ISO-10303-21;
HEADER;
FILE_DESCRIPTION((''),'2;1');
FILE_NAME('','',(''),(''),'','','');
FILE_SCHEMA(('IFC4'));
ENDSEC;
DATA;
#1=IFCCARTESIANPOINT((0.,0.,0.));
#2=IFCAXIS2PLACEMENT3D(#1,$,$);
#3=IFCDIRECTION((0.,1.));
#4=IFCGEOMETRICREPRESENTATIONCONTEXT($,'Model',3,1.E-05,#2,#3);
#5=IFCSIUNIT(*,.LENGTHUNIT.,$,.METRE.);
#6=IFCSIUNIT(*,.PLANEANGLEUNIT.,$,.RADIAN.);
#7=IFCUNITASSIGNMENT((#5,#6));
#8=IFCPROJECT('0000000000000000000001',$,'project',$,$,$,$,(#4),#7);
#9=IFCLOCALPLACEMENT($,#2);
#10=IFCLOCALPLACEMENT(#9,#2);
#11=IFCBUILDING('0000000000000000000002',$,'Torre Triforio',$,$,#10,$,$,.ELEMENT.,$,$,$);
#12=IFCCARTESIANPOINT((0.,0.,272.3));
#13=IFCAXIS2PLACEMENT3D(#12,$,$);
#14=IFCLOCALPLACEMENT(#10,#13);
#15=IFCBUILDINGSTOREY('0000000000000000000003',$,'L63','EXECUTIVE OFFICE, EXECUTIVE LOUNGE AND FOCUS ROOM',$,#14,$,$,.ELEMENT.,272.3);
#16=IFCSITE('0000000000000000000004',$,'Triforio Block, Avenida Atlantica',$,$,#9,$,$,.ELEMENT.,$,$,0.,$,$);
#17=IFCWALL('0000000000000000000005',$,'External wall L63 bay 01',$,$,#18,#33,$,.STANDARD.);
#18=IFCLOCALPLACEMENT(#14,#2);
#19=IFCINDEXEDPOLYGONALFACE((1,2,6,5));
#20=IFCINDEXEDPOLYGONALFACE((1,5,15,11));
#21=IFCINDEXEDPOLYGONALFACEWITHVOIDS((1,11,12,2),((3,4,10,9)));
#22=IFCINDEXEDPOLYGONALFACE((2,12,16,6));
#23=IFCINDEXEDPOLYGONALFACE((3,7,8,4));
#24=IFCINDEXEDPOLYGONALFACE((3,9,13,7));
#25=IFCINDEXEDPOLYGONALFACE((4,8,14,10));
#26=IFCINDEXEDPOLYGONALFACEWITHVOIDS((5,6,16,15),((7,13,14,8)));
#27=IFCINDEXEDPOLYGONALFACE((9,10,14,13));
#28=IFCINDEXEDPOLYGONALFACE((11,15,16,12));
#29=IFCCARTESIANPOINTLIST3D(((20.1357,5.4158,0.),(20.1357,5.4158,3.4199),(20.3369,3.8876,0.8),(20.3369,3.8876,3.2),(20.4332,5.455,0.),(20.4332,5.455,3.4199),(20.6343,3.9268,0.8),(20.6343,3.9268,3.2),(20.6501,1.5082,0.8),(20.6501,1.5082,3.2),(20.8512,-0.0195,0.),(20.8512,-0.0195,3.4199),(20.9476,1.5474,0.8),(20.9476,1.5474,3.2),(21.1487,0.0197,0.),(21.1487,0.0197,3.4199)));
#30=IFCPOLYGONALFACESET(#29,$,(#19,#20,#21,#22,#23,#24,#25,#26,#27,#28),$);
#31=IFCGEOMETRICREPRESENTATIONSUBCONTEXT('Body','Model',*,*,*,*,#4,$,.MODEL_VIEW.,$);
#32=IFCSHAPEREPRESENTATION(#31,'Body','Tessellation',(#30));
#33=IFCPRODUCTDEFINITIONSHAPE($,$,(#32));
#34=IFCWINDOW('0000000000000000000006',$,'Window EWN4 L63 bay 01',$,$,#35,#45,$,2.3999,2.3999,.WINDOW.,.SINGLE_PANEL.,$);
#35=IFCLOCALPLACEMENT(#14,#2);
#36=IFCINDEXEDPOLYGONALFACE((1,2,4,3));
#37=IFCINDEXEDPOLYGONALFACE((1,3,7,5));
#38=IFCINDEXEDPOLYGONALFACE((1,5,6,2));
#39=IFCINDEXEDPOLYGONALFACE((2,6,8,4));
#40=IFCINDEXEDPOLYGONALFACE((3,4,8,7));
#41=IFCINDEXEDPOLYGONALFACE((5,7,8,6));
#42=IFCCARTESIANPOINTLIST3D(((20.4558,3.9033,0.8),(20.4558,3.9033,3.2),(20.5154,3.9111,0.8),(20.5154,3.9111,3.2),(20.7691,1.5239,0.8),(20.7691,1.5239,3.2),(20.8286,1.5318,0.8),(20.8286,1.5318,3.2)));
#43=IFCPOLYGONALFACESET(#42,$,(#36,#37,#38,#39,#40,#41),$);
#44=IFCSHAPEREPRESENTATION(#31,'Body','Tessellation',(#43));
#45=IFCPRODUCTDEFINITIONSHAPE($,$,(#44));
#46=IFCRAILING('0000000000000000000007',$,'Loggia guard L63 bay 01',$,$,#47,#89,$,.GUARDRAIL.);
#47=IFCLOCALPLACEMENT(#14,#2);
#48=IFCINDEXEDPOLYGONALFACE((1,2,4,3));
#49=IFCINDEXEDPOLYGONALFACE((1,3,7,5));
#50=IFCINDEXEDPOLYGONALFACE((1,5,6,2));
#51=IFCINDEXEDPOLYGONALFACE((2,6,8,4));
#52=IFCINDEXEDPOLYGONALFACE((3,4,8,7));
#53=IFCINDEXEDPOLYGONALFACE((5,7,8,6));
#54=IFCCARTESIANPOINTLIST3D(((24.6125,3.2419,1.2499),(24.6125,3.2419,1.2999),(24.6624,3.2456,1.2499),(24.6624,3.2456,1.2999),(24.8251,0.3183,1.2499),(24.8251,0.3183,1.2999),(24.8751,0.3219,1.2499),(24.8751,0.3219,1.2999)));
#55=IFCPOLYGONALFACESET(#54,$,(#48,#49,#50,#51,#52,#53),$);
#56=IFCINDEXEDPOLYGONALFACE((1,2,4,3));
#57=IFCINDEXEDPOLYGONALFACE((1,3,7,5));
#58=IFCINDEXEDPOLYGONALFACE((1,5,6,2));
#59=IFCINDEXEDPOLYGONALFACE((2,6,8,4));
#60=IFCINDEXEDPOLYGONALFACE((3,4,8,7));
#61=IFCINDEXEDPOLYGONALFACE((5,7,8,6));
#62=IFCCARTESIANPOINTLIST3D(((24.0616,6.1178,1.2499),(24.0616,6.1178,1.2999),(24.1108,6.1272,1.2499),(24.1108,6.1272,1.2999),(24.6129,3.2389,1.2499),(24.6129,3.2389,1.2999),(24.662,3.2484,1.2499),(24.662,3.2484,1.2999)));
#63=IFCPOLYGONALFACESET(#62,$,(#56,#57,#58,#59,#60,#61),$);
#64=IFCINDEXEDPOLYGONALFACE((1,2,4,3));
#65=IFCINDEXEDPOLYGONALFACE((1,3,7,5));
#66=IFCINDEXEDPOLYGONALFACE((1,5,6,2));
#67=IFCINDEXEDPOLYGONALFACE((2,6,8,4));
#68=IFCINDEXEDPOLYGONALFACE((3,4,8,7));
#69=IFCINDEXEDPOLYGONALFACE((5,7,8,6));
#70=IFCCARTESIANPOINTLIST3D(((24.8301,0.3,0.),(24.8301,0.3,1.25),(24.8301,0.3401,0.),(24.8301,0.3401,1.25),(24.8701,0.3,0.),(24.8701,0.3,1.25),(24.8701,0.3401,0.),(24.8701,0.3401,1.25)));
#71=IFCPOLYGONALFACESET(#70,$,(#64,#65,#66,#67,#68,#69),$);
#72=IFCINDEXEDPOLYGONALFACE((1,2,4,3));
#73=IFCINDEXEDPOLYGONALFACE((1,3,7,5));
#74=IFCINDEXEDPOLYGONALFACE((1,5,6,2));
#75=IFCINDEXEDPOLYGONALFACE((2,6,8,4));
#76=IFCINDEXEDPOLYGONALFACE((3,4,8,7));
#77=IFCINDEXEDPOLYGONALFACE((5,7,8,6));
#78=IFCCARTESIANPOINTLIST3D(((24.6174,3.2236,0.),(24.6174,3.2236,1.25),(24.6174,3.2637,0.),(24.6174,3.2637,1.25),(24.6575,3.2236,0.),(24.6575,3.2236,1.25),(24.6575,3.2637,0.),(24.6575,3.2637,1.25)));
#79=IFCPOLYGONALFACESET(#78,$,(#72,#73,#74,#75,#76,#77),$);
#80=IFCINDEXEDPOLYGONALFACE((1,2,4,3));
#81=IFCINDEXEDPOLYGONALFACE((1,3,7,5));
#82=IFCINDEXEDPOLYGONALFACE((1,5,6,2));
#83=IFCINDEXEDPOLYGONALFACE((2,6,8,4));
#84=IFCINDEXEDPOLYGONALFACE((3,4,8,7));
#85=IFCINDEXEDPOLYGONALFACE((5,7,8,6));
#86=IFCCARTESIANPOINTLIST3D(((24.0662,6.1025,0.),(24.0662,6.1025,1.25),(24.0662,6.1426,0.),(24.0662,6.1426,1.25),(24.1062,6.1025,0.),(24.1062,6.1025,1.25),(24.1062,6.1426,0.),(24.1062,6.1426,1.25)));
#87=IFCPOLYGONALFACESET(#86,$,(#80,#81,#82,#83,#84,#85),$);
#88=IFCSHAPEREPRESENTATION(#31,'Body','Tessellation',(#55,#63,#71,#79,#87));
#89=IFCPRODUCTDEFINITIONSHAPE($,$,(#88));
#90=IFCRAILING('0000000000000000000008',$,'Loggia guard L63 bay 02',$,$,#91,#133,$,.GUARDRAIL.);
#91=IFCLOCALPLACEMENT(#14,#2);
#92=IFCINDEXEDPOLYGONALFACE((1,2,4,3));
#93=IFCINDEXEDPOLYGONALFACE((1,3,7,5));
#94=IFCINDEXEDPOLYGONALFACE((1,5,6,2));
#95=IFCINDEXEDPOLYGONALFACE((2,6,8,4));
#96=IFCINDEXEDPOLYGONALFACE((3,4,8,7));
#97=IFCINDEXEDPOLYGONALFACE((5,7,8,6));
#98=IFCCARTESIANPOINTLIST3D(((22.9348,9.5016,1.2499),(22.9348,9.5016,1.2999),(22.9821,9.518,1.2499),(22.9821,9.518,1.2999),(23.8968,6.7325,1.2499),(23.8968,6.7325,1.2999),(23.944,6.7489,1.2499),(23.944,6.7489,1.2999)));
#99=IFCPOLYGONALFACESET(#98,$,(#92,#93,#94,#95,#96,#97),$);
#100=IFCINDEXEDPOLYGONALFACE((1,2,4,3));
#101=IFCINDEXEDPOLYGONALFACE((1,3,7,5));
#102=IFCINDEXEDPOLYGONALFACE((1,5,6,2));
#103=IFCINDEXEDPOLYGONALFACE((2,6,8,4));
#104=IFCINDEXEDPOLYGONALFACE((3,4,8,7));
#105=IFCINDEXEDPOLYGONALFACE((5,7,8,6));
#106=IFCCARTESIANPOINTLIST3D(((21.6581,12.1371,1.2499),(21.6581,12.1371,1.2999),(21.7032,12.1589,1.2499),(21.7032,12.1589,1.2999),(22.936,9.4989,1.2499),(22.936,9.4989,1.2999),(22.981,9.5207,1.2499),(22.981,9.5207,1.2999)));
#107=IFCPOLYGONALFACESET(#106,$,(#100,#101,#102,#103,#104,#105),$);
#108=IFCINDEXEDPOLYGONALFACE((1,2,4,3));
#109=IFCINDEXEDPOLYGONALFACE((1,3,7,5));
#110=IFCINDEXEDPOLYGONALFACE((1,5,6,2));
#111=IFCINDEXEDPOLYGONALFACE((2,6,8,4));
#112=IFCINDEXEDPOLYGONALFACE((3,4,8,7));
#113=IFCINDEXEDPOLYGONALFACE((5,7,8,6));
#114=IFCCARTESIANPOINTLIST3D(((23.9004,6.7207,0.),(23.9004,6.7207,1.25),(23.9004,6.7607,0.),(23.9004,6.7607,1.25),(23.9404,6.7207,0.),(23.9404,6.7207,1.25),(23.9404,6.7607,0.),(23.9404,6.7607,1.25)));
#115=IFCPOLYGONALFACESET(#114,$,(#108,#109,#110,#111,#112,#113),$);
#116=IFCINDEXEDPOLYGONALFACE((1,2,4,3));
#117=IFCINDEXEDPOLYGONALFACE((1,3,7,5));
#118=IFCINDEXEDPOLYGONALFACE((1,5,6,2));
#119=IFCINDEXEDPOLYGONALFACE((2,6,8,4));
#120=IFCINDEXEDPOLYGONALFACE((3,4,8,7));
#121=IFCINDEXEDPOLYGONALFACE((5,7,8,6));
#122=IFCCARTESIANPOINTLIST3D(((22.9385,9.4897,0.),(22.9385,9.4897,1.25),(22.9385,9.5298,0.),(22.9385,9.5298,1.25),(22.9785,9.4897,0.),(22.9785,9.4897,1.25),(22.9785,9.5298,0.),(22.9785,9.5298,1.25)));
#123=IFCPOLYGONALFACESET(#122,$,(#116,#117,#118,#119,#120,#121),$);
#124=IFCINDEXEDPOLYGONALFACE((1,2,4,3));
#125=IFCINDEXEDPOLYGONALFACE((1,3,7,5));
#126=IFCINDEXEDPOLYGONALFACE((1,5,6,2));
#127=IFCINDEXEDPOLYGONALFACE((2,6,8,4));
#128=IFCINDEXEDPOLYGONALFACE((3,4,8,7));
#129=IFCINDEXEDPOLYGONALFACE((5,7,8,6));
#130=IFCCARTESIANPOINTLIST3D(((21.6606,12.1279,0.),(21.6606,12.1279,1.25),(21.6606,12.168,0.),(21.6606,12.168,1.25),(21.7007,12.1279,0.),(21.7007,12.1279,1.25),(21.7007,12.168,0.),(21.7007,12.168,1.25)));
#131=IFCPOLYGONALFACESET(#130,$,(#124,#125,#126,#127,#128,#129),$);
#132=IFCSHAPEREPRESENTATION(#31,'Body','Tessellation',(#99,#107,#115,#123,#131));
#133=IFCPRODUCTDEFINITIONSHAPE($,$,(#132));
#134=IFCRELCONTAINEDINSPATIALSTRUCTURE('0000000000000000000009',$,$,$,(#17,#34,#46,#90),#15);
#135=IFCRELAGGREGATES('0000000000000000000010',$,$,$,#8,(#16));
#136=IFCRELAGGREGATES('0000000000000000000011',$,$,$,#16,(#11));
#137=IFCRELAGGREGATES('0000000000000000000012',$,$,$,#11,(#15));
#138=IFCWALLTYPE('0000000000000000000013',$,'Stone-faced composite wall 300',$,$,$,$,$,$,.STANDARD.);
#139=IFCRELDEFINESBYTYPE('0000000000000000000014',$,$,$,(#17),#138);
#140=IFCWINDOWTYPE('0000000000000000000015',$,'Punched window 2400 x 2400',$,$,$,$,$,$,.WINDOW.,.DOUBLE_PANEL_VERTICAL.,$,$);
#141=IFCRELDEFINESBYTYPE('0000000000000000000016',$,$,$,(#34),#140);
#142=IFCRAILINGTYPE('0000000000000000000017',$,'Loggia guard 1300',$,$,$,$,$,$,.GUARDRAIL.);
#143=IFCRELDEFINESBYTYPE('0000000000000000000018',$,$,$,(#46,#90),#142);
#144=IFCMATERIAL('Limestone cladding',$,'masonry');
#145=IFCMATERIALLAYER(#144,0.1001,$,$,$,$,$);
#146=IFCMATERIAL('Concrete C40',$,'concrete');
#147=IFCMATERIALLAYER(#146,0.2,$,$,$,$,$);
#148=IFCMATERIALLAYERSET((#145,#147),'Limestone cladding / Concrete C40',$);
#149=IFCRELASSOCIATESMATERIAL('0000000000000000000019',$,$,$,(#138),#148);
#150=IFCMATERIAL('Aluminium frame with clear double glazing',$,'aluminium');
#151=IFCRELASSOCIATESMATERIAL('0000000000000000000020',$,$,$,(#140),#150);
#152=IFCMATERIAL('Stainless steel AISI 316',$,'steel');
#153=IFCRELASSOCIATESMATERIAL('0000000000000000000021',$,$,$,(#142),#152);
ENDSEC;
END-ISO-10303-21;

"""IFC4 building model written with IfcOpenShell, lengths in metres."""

from ifc_helpers import new_model, si_unit, direction, frame, frame_2d, origin, origin_2d, place, context, subcontext, project, spatial, rectangle, extrude, material, layer, layer_set, type_object, element, fill, save


model = new_model("IFC4")

# Units and contexts
model_context = context("Model", 3, precision=1e-05, world=origin(), true_north=direction((0.0, 1.0)))
body_context = subcontext(model_context, "Body", "Model", "MODEL_VIEW")
ifc_project = project(units=[si_unit("LENGTHUNIT", "METRE"), si_unit("PLANEANGLEUNIT", "RADIAN")], contexts=[model_context])

# Site, building, storey
site_placement = place(None, origin())
site = spatial("IfcSite", under=ifc_project, at=site_placement, Name="Triforio Block, Avenida Atlantica", CompositionType="ELEMENT", RefElevation=0.0)
building_placement = place(site_placement, origin())
building = spatial("IfcBuilding", under=site, at=building_placement, Name="Torre Triforio", CompositionType="ELEMENT")
storey_placement = place(building_placement, frame((0.0, 0.0, 272.3)))
storey = spatial("IfcBuildingStorey", under=building, at=storey_placement, Name="L63", Description="EXECUTIVE OFFICE, EXECUTIVE LOUNGE AND FOCUS ROOM", CompositionType="ELEMENT", Elevation=272.3)

# Shared definitions
ifc_material_1 = material(Name="Concrete C40", Category="concrete")

# Shared definitions
ifc_material_2 = material(Name="Limestone cladding", Category="masonry")

# Wall, opening, window
ifc_layer_1 = layer(ifc_material_2, 0.1001)
ifc_layer_2 = layer(ifc_material_1, 0.2)
ifc_layer_set_1 = layer_set([ifc_layer_1, ifc_layer_2], Name="Limestone cladding / Concrete C40")
wall_type_1 = type_object("IfcWallType", Name="Stone-faced composite wall 300", PredefinedType="STANDARD", material=ifc_layer_set_1)
wall_1_placement = place(storey_placement, frame((21.0, 0.0, 0.0), z_axis=(0.0, 0.0, 1.0), x_axis=(-0.130527, 0.991445, 0.0)))
wall_1 = element("IfcWall", 1, at=wall_1_placement, inside=storey, type_object=wall_type_1, Name="External wall L63 bay 01", PredefinedType="STANDARD", context=body_context, shape_type="SweptSolid", body=[
    extrude(rectangle(XDim=5.4822, YDim=0.3, at=frame_2d((2.7412, 0.0))), origin(), (0.0, 0.0, 1.0), 3.4199),
])
opening_1_placement = place(wall_1_placement, frame((1.541, 0.0, 0.8)))
opening_1 = element("IfcOpeningElement", 2, at=opening_1_placement, cuts=wall_1, PredefinedType="OPENING", context=body_context, shape_type="SweptSolid", body=[
    extrude(rectangle(XDim=2.3999, YDim=2.3999, at=frame_2d((1.2, 1.2))), frame((0.0, 0.1599, 0.0), z_axis=(0.0, -1.0, 0.0), x_axis=(1.0, 0.0, 0.0)), (0.0, 0.0, 1.0), 0.3201),
])
ifc_material_3 = material(Name="Aluminium frame with clear double glazing", Category="aluminium")
window_type_1 = type_object("IfcWindowType", Name="Punched window 2400 x 2400", PartitioningType="DOUBLE_PANEL_VERTICAL", PredefinedType="WINDOW", material=ifc_material_3)
window_1_placement = place(opening_1_placement, origin())
window_1 = element("IfcWindow", 3, at=window_1_placement, inside=storey, type_object=window_type_1, Name="Window EWN4 L63 bay 01", OverallHeight=2.3999, OverallWidth=2.3999, PartitioningType="SINGLE_PANEL", PredefinedType="WINDOW", context=body_context, shape_type="SweptSolid", body=[
    extrude(rectangle(XDim=2.3999, YDim=2.3999, at=frame_2d((1.2, 1.2))), frame((0.0, 0.03, 0.0), z_axis=(0.0, -1.0, 0.0), x_axis=(1.0, 0.0, 0.0)), (0.0, 0.0, 1.0), 0.0601),
])
fill(opening_1, window_1)

# Railings
ifc_material_4 = material(Name="Stainless steel AISI 316", Category="steel")
railing_type = type_object("IfcRailingType", Name="Loggia guard 1300", PredefinedType="GUARDRAIL", material=ifc_material_4)
railing_1_placement = place(storey_placement, frame((24.8501, 0.3201, 0.0)))
element("IfcRailing", 4, at=railing_1_placement, inside=storey, type_object=railing_type, Name="Loggia guard L63 bay 01", PredefinedType="GUARDRAIL", context=body_context, shape_type="SweptSolid", body=[
    extrude(rectangle(XDim=0.05, YDim=0.05, at=origin_2d()), frame((0.0, 0.0, 1.2749), z_axis=(-0.072543, 0.997365, 0.0), x_axis=(-0.997365, -0.072543, 0.0)), (0.0, 0.0, 1.0), 2.9314),
    extrude(rectangle(XDim=0.05, YDim=0.05, at=origin_2d()), frame((-0.2126, 2.9236, 1.2749), z_axis=(-0.188069, 0.982156, 0.0), x_axis=(-0.982156, -0.188069, 0.0)), (0.0, 0.0, 1.0), 2.9312),
    extrude(rectangle(XDim=0.04, YDim=0.04, at=origin_2d()), origin(), (0.0, 0.0, 1.0), 1.25),
    extrude(rectangle(XDim=0.04, YDim=0.04, at=origin_2d()), frame((-0.2126, 2.9236, 0.0)), (0.0, 0.0, 1.0), 1.25),
    extrude(rectangle(XDim=0.04, YDim=0.04, at=origin_2d()), frame((-0.7639, 5.8025, 0.0)), (0.0, 0.0, 1.0), 1.25),
])
railing_2_placement = place(storey_placement, frame((23.9204, 6.7407, 0.0)))
element("IfcRailing", 5, at=railing_2_placement, inside=storey, type_object=railing_type, Name="Loggia guard L63 bay 02", PredefinedType="GUARDRAIL", context=body_context, shape_type="SweptSolid", body=[
    extrude(rectangle(XDim=0.05, YDim=0.05, at=origin_2d()), frame((0.0, 0.0, 1.2749), z_axis=(-0.328146, 0.944627, 0.0), x_axis=(-0.944627, -0.328146, 0.0)), (0.0, 0.0, 1.0), 2.9314),
    extrude(rectangle(XDim=0.05, YDim=0.05, at=origin_2d()), frame((-0.9619, 2.769, 1.2749), z_axis=(-0.435918, 0.899986, 0.0), x_axis=(-0.899986, -0.435918, 0.0)), (0.0, 0.0, 1.0), 2.9314),
    extrude(rectangle(XDim=0.04, YDim=0.04, at=origin_2d()), origin(), (0.0, 0.0, 1.0), 1.25),
    extrude(rectangle(XDim=0.04, YDim=0.04, at=origin_2d()), frame((-0.9619, 2.769, 0.0)), (0.0, 0.0, 1.0), 1.25),
    extrude(rectangle(XDim=0.04, YDim=0.04, at=origin_2d()), frame((-2.2397, 5.4072, 0.0)), (0.0, 0.0, 1.0), 1.25),
])

save(model, "model.ifc")
